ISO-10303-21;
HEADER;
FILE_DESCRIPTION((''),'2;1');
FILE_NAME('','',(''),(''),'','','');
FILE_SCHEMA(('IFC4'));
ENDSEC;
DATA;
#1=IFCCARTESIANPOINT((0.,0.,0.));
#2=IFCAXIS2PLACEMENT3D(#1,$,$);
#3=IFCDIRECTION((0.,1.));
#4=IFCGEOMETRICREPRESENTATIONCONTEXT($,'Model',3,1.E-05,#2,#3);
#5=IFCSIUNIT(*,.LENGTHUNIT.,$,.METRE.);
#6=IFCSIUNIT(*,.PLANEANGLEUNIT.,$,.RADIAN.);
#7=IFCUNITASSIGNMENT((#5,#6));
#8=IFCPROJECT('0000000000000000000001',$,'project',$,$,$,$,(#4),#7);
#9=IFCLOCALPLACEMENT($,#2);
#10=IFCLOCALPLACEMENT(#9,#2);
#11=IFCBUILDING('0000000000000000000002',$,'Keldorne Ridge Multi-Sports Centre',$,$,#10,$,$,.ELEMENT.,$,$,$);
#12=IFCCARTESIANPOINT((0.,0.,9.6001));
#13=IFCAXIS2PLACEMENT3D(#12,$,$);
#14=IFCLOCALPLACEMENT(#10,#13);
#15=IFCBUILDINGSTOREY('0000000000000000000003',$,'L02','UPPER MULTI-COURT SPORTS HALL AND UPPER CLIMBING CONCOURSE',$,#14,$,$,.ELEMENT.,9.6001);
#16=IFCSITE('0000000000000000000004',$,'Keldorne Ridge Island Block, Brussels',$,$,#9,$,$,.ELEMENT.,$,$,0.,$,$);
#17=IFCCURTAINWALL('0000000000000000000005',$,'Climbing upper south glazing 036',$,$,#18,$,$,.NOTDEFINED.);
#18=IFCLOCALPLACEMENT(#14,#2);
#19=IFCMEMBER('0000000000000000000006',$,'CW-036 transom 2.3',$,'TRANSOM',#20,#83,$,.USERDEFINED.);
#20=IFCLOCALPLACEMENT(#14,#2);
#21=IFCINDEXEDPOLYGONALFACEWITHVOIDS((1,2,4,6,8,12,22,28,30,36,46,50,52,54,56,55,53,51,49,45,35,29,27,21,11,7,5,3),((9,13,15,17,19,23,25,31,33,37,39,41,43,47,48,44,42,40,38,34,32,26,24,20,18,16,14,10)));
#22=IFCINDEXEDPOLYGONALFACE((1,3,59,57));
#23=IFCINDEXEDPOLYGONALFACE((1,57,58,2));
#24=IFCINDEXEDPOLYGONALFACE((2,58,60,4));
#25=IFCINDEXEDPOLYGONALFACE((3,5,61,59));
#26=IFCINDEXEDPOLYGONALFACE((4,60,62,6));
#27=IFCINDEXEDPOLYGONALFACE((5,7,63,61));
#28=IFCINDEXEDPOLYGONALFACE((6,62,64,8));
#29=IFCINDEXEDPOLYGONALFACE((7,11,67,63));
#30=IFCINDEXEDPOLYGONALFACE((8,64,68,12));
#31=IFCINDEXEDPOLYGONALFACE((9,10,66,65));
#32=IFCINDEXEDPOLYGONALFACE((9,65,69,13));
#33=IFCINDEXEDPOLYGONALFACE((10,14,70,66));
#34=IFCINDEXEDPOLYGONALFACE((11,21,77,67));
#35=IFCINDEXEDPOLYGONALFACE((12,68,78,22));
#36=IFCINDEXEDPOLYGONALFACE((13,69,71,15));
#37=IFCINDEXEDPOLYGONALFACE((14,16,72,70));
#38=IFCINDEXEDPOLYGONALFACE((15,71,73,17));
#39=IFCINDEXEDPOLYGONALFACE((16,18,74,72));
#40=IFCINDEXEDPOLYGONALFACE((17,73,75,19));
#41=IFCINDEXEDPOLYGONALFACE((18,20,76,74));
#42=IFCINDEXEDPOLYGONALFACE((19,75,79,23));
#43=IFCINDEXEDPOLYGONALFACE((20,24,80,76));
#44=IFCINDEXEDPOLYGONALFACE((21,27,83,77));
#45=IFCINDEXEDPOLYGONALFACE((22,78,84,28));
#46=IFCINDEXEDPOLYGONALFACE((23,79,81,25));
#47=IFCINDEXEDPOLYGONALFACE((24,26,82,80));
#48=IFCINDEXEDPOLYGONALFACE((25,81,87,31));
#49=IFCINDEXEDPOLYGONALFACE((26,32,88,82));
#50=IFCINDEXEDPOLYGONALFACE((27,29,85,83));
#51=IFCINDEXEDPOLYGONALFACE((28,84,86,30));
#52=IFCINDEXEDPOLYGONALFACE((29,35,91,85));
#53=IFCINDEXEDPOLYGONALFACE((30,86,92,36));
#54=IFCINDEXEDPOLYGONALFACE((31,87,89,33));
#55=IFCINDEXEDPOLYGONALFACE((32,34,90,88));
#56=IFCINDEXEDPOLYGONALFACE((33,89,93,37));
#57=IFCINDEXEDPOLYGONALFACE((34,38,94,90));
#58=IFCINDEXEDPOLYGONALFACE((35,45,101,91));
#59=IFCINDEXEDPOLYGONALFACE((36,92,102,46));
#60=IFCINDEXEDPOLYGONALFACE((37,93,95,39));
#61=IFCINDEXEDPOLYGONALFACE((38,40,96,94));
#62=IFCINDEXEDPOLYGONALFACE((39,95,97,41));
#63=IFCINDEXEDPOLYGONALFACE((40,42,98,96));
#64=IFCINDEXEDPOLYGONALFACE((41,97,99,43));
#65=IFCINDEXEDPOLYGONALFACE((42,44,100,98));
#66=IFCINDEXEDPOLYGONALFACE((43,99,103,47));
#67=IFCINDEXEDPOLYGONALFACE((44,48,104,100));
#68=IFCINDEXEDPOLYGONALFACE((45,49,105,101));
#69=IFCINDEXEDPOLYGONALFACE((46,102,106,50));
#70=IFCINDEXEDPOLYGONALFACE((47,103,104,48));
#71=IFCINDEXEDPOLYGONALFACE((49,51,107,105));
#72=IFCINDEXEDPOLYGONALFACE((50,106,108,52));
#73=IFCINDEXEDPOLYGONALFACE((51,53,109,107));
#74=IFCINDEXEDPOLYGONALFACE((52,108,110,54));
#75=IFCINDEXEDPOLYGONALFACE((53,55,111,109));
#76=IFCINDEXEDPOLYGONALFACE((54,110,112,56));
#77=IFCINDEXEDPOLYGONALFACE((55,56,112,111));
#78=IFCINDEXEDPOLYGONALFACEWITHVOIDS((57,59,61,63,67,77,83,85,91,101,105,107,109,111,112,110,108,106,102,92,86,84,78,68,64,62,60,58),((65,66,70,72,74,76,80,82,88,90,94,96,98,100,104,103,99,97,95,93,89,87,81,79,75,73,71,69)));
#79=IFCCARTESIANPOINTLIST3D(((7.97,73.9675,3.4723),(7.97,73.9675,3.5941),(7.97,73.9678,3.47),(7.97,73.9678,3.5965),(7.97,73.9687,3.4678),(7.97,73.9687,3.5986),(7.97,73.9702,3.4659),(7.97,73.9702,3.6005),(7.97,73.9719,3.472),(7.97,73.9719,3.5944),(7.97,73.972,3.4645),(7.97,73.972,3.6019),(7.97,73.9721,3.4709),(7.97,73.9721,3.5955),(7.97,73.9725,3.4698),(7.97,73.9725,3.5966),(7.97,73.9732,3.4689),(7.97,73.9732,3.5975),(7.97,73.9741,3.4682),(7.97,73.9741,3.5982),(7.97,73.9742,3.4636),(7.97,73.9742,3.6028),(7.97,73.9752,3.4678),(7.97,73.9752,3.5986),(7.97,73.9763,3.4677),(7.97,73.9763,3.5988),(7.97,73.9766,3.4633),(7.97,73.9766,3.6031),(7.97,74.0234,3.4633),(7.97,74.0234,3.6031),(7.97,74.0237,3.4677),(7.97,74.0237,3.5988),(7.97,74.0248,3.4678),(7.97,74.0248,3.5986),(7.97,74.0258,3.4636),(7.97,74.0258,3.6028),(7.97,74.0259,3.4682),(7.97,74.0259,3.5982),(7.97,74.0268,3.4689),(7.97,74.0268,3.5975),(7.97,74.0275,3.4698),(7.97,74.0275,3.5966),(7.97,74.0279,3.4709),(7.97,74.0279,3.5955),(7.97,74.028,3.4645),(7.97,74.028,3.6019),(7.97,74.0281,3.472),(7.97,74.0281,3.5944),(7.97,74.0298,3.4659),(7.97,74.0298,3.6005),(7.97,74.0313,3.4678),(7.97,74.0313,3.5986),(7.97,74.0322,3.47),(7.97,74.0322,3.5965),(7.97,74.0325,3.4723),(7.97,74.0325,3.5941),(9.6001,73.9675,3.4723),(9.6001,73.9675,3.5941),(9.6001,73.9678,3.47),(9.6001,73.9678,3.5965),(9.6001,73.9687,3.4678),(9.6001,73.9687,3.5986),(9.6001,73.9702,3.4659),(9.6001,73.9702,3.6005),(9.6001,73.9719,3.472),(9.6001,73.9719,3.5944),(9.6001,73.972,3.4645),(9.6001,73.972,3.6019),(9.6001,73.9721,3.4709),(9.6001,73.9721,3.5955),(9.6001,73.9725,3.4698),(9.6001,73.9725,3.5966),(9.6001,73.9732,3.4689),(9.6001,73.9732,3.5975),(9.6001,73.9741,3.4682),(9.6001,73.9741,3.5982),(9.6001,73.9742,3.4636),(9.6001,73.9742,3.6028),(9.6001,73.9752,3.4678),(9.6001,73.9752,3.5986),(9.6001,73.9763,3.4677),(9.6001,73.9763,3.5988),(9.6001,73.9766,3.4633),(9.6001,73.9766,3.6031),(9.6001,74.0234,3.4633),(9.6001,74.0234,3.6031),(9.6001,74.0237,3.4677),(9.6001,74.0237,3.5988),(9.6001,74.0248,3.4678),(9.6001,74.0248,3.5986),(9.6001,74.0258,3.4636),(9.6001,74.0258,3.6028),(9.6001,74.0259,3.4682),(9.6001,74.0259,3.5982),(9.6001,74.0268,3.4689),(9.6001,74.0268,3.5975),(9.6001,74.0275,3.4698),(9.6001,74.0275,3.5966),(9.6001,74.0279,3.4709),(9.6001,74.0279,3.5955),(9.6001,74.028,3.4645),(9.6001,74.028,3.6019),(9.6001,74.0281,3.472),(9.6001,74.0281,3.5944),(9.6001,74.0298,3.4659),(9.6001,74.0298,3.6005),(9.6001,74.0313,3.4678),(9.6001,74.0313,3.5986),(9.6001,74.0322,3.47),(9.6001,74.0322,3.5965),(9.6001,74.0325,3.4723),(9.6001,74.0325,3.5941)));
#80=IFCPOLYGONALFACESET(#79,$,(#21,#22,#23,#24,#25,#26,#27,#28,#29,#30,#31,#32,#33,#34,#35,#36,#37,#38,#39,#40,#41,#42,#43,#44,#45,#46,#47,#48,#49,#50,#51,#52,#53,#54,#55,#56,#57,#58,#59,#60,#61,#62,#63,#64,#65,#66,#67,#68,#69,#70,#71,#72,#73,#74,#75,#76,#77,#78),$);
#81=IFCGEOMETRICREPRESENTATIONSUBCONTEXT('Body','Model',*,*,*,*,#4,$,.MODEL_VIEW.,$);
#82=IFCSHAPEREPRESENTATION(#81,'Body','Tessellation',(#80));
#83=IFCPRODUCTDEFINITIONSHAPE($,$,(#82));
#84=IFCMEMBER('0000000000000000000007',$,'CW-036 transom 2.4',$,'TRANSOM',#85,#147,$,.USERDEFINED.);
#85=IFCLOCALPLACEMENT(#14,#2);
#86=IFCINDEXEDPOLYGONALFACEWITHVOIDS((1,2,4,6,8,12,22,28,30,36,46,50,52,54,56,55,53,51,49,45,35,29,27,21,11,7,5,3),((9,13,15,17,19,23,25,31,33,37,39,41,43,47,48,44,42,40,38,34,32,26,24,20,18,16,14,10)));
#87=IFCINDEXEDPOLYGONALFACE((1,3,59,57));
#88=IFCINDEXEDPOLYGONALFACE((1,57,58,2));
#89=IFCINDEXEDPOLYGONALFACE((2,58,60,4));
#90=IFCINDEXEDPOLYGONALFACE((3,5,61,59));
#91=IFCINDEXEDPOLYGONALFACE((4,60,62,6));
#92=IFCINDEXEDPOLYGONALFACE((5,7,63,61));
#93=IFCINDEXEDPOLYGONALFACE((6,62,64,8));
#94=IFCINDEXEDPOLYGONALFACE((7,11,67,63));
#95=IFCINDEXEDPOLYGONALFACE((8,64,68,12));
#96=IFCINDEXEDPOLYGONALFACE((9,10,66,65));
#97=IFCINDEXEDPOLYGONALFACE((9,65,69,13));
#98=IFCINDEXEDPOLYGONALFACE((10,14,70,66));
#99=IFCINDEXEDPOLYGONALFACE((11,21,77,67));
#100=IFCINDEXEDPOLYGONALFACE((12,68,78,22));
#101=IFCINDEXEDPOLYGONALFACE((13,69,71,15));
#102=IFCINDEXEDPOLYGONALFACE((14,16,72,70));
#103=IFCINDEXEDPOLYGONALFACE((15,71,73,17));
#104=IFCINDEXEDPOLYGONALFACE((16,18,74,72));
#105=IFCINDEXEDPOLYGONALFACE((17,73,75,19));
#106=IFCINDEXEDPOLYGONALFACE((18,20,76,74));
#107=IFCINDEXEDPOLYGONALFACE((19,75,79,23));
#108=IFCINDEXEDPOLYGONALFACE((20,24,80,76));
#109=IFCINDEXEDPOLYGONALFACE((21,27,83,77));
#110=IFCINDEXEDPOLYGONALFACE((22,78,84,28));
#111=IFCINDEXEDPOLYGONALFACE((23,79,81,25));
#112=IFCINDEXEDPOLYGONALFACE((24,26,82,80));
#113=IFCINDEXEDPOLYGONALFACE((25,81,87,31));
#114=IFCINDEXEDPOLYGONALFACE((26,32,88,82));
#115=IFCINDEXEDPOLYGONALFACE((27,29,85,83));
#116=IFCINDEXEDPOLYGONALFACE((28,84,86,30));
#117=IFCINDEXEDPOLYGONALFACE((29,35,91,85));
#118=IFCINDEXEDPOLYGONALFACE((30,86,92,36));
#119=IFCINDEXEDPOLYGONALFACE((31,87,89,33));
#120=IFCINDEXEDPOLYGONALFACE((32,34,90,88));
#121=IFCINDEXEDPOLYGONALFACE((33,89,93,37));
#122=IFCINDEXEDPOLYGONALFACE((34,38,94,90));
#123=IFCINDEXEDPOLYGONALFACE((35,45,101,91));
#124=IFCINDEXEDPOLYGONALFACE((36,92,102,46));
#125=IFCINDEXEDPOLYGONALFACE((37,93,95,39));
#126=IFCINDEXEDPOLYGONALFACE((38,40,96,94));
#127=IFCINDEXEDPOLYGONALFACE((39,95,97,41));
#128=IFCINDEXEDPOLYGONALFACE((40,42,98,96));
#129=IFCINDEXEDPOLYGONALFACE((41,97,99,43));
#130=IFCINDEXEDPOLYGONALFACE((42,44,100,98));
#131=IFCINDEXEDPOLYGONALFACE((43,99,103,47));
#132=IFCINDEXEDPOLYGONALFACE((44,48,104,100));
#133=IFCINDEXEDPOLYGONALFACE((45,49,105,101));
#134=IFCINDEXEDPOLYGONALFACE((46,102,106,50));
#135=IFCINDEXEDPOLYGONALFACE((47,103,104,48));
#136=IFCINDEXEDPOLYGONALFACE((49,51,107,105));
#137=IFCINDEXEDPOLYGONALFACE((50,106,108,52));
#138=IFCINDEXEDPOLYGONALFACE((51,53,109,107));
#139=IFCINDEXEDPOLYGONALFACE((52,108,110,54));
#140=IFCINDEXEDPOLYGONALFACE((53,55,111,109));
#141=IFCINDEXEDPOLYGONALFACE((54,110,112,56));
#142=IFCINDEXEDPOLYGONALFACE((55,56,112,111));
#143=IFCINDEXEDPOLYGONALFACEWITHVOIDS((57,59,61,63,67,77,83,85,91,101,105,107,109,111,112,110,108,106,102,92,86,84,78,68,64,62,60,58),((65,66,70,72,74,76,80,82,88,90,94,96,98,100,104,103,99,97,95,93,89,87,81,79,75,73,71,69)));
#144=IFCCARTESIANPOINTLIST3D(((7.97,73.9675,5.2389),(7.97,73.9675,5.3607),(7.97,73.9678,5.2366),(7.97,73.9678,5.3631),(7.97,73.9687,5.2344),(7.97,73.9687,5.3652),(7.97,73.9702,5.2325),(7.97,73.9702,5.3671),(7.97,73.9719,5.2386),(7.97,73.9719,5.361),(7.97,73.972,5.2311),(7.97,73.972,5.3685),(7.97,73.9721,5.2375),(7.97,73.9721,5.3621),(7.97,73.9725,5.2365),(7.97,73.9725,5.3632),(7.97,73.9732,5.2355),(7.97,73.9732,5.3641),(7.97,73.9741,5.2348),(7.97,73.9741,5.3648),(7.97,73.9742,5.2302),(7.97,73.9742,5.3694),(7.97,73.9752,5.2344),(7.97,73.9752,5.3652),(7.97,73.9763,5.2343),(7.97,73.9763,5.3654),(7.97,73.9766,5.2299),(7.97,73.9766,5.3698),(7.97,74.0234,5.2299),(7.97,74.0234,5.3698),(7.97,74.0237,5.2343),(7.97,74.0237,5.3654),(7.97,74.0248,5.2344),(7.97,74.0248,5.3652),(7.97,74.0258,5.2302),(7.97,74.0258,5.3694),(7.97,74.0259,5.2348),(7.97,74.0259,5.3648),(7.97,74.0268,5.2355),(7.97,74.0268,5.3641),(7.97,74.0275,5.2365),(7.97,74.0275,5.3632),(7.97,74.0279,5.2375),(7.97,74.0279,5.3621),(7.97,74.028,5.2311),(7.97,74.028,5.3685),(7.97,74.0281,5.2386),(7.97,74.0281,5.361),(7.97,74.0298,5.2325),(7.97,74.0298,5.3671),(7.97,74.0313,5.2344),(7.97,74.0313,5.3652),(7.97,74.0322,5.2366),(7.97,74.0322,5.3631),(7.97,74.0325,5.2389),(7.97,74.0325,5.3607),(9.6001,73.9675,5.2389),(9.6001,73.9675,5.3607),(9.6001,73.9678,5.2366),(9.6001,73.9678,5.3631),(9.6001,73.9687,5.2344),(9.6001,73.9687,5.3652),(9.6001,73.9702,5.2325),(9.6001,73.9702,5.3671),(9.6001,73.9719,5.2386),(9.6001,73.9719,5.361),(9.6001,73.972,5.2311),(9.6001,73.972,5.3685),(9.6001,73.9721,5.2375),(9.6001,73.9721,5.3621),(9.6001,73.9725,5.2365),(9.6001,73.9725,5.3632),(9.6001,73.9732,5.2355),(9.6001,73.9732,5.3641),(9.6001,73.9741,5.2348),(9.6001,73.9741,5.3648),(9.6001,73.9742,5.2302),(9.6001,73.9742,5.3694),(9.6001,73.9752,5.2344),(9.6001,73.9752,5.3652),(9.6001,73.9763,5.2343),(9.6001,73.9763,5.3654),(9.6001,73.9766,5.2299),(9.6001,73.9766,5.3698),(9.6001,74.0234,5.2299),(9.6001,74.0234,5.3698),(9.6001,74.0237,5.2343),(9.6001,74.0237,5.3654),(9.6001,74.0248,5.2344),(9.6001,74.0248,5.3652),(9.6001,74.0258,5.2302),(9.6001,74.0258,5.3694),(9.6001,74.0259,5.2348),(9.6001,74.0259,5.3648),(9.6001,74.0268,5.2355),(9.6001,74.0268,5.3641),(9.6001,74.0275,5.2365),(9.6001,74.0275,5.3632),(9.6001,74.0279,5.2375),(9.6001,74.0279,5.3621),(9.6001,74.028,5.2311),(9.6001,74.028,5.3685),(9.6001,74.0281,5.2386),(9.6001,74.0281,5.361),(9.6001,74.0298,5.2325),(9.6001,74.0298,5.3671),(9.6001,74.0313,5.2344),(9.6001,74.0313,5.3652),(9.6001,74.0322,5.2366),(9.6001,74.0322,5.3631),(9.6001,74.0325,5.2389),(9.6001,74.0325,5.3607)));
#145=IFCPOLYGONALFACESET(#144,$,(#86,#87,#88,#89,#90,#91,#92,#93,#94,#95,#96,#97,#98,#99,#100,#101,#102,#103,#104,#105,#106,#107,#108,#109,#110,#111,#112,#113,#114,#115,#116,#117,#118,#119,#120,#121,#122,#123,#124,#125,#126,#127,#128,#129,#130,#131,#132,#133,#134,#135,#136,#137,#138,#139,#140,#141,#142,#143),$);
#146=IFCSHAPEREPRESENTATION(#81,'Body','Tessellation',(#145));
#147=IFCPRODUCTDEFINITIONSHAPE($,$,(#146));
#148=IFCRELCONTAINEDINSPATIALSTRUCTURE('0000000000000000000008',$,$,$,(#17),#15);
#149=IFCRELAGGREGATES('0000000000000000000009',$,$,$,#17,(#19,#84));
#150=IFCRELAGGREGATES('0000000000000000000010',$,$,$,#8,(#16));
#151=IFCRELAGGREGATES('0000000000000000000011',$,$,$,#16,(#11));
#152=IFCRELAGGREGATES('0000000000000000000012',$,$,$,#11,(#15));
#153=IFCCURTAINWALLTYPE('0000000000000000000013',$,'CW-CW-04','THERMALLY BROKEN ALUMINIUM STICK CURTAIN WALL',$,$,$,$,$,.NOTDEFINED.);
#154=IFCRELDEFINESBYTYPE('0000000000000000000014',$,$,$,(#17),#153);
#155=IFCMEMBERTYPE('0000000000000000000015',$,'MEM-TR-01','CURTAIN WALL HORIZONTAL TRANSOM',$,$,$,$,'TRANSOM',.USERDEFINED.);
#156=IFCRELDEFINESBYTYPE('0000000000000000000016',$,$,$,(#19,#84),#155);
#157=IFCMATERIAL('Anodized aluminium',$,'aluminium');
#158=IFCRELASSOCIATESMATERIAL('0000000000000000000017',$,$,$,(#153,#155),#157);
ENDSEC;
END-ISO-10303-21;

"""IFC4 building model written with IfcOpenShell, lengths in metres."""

from ifc_helpers import new_model, si_unit, direction, frame, origin, origin_2d, place, context, subcontext, project, spatial, hollow_rectangle, extrude, material, material_profile, profile_set, type_object, element, aggregate, save


model = new_model("IFC4")

# Units and contexts
model_context = context("Model", 3, precision=1e-05, world=origin(), true_north=direction((0.0, 1.0)))
body_context = subcontext(model_context, "Body", "Model", "MODEL_VIEW")
ifc_project = project(units=[si_unit("LENGTHUNIT", "METRE"), si_unit("PLANEANGLEUNIT", "RADIAN")], contexts=[model_context])

# Site, building, storey
site_placement = place(None, origin())
site = spatial("IfcSite", under=ifc_project, at=site_placement, Name="Keldorne Ridge Island Block, Brussels", CompositionType="ELEMENT", RefElevation=0.0)
building_placement = place(site_placement, origin())
building = spatial("IfcBuilding", under=site, at=building_placement, Name="Keldorne Ridge Multi-Sports Centre", CompositionType="ELEMENT")
storey_placement = place(building_placement, frame((0.0, 0.0, 9.6001)))
storey = spatial("IfcBuildingStorey", under=building, at=storey_placement, Name="L02", Description="UPPER MULTI-COURT SPORTS HALL AND UPPER CLIMBING CONCOURSE", CompositionType="ELEMENT", Elevation=9.6001)

# Curtain wall
ifc_material_1 = material(Name="Anodized aluminium", Category="aluminium")
curtain_wall_type = type_object("IfcCurtainWallType", Name="CW-CW-04", Description="THERMALLY BROKEN ALUMINIUM STICK CURTAIN WALL", PredefinedType="NOTDEFINED", material=ifc_material_1)
curtain_wall_placement = place(storey_placement, origin())
curtain_wall = element("IfcCurtainWall", 1, at=curtain_wall_placement, inside=storey, type_object=curtain_wall_type, Name="Climbing upper south glazing 036", PredefinedType="NOTDEFINED")

# Members
ifc_material_profile_1 = material_profile(ifc_material_1, hollow_rectangle(XDim=0.0649, YDim=0.1399, WallThickness=0.0044, InnerFilletRadius=0.0044, OuterFilletRadius=0.009, at=origin_2d()), Name="ALU TRANSOM 140x65x4.5")
ifc_profile_set_1 = profile_set([ifc_material_profile_1], Name="Anodized aluminium")
member_type_1 = type_object("IfcMemberType", Name="MEM-TR-01", Description="CURTAIN WALL HORIZONTAL TRANSOM", ElementType="TRANSOM", PredefinedType="USERDEFINED", material=ifc_profile_set_1)
member_1_placement = place(storey_placement, frame((7.97, 74.0, 3.5332), z_axis=(1.0, 0.0, 0.0), x_axis=(0.0, 1.0, 0.0)))
member_1 = element("IfcMember", 2, at=member_1_placement, type_object=member_type_1, Name="CW-036 transom 2.3", ObjectType="TRANSOM", PredefinedType="USERDEFINED", context=body_context, shape_type="SweptSolid", body=[
    extrude(hollow_rectangle(XDim=0.0649, YDim=0.1399, WallThickness=0.0044, InnerFilletRadius=0.0044, OuterFilletRadius=0.009, at=origin_2d()), origin(), (0.0, 0.0, 1.0), 1.6301),
])
member_2_placement = place(storey_placement, frame((7.97, 74.0, 5.2998), z_axis=(1.0, 0.0, 0.0), x_axis=(0.0, 1.0, 0.0)))
member_2 = element("IfcMember", 3, at=member_2_placement, type_object=member_type_1, Name="CW-036 transom 2.4", ObjectType="TRANSOM", PredefinedType="USERDEFINED", context=body_context, shape_type="SweptSolid", body=[
    extrude(hollow_rectangle(XDim=0.0649, YDim=0.1399, WallThickness=0.0044, InnerFilletRadius=0.0044, OuterFilletRadius=0.009, at=origin_2d()), origin(), (0.0, 0.0, 1.0), 1.6301),
])

aggregate(curtain_wall, [member_1, member_2])

save(model, "model.ifc")
